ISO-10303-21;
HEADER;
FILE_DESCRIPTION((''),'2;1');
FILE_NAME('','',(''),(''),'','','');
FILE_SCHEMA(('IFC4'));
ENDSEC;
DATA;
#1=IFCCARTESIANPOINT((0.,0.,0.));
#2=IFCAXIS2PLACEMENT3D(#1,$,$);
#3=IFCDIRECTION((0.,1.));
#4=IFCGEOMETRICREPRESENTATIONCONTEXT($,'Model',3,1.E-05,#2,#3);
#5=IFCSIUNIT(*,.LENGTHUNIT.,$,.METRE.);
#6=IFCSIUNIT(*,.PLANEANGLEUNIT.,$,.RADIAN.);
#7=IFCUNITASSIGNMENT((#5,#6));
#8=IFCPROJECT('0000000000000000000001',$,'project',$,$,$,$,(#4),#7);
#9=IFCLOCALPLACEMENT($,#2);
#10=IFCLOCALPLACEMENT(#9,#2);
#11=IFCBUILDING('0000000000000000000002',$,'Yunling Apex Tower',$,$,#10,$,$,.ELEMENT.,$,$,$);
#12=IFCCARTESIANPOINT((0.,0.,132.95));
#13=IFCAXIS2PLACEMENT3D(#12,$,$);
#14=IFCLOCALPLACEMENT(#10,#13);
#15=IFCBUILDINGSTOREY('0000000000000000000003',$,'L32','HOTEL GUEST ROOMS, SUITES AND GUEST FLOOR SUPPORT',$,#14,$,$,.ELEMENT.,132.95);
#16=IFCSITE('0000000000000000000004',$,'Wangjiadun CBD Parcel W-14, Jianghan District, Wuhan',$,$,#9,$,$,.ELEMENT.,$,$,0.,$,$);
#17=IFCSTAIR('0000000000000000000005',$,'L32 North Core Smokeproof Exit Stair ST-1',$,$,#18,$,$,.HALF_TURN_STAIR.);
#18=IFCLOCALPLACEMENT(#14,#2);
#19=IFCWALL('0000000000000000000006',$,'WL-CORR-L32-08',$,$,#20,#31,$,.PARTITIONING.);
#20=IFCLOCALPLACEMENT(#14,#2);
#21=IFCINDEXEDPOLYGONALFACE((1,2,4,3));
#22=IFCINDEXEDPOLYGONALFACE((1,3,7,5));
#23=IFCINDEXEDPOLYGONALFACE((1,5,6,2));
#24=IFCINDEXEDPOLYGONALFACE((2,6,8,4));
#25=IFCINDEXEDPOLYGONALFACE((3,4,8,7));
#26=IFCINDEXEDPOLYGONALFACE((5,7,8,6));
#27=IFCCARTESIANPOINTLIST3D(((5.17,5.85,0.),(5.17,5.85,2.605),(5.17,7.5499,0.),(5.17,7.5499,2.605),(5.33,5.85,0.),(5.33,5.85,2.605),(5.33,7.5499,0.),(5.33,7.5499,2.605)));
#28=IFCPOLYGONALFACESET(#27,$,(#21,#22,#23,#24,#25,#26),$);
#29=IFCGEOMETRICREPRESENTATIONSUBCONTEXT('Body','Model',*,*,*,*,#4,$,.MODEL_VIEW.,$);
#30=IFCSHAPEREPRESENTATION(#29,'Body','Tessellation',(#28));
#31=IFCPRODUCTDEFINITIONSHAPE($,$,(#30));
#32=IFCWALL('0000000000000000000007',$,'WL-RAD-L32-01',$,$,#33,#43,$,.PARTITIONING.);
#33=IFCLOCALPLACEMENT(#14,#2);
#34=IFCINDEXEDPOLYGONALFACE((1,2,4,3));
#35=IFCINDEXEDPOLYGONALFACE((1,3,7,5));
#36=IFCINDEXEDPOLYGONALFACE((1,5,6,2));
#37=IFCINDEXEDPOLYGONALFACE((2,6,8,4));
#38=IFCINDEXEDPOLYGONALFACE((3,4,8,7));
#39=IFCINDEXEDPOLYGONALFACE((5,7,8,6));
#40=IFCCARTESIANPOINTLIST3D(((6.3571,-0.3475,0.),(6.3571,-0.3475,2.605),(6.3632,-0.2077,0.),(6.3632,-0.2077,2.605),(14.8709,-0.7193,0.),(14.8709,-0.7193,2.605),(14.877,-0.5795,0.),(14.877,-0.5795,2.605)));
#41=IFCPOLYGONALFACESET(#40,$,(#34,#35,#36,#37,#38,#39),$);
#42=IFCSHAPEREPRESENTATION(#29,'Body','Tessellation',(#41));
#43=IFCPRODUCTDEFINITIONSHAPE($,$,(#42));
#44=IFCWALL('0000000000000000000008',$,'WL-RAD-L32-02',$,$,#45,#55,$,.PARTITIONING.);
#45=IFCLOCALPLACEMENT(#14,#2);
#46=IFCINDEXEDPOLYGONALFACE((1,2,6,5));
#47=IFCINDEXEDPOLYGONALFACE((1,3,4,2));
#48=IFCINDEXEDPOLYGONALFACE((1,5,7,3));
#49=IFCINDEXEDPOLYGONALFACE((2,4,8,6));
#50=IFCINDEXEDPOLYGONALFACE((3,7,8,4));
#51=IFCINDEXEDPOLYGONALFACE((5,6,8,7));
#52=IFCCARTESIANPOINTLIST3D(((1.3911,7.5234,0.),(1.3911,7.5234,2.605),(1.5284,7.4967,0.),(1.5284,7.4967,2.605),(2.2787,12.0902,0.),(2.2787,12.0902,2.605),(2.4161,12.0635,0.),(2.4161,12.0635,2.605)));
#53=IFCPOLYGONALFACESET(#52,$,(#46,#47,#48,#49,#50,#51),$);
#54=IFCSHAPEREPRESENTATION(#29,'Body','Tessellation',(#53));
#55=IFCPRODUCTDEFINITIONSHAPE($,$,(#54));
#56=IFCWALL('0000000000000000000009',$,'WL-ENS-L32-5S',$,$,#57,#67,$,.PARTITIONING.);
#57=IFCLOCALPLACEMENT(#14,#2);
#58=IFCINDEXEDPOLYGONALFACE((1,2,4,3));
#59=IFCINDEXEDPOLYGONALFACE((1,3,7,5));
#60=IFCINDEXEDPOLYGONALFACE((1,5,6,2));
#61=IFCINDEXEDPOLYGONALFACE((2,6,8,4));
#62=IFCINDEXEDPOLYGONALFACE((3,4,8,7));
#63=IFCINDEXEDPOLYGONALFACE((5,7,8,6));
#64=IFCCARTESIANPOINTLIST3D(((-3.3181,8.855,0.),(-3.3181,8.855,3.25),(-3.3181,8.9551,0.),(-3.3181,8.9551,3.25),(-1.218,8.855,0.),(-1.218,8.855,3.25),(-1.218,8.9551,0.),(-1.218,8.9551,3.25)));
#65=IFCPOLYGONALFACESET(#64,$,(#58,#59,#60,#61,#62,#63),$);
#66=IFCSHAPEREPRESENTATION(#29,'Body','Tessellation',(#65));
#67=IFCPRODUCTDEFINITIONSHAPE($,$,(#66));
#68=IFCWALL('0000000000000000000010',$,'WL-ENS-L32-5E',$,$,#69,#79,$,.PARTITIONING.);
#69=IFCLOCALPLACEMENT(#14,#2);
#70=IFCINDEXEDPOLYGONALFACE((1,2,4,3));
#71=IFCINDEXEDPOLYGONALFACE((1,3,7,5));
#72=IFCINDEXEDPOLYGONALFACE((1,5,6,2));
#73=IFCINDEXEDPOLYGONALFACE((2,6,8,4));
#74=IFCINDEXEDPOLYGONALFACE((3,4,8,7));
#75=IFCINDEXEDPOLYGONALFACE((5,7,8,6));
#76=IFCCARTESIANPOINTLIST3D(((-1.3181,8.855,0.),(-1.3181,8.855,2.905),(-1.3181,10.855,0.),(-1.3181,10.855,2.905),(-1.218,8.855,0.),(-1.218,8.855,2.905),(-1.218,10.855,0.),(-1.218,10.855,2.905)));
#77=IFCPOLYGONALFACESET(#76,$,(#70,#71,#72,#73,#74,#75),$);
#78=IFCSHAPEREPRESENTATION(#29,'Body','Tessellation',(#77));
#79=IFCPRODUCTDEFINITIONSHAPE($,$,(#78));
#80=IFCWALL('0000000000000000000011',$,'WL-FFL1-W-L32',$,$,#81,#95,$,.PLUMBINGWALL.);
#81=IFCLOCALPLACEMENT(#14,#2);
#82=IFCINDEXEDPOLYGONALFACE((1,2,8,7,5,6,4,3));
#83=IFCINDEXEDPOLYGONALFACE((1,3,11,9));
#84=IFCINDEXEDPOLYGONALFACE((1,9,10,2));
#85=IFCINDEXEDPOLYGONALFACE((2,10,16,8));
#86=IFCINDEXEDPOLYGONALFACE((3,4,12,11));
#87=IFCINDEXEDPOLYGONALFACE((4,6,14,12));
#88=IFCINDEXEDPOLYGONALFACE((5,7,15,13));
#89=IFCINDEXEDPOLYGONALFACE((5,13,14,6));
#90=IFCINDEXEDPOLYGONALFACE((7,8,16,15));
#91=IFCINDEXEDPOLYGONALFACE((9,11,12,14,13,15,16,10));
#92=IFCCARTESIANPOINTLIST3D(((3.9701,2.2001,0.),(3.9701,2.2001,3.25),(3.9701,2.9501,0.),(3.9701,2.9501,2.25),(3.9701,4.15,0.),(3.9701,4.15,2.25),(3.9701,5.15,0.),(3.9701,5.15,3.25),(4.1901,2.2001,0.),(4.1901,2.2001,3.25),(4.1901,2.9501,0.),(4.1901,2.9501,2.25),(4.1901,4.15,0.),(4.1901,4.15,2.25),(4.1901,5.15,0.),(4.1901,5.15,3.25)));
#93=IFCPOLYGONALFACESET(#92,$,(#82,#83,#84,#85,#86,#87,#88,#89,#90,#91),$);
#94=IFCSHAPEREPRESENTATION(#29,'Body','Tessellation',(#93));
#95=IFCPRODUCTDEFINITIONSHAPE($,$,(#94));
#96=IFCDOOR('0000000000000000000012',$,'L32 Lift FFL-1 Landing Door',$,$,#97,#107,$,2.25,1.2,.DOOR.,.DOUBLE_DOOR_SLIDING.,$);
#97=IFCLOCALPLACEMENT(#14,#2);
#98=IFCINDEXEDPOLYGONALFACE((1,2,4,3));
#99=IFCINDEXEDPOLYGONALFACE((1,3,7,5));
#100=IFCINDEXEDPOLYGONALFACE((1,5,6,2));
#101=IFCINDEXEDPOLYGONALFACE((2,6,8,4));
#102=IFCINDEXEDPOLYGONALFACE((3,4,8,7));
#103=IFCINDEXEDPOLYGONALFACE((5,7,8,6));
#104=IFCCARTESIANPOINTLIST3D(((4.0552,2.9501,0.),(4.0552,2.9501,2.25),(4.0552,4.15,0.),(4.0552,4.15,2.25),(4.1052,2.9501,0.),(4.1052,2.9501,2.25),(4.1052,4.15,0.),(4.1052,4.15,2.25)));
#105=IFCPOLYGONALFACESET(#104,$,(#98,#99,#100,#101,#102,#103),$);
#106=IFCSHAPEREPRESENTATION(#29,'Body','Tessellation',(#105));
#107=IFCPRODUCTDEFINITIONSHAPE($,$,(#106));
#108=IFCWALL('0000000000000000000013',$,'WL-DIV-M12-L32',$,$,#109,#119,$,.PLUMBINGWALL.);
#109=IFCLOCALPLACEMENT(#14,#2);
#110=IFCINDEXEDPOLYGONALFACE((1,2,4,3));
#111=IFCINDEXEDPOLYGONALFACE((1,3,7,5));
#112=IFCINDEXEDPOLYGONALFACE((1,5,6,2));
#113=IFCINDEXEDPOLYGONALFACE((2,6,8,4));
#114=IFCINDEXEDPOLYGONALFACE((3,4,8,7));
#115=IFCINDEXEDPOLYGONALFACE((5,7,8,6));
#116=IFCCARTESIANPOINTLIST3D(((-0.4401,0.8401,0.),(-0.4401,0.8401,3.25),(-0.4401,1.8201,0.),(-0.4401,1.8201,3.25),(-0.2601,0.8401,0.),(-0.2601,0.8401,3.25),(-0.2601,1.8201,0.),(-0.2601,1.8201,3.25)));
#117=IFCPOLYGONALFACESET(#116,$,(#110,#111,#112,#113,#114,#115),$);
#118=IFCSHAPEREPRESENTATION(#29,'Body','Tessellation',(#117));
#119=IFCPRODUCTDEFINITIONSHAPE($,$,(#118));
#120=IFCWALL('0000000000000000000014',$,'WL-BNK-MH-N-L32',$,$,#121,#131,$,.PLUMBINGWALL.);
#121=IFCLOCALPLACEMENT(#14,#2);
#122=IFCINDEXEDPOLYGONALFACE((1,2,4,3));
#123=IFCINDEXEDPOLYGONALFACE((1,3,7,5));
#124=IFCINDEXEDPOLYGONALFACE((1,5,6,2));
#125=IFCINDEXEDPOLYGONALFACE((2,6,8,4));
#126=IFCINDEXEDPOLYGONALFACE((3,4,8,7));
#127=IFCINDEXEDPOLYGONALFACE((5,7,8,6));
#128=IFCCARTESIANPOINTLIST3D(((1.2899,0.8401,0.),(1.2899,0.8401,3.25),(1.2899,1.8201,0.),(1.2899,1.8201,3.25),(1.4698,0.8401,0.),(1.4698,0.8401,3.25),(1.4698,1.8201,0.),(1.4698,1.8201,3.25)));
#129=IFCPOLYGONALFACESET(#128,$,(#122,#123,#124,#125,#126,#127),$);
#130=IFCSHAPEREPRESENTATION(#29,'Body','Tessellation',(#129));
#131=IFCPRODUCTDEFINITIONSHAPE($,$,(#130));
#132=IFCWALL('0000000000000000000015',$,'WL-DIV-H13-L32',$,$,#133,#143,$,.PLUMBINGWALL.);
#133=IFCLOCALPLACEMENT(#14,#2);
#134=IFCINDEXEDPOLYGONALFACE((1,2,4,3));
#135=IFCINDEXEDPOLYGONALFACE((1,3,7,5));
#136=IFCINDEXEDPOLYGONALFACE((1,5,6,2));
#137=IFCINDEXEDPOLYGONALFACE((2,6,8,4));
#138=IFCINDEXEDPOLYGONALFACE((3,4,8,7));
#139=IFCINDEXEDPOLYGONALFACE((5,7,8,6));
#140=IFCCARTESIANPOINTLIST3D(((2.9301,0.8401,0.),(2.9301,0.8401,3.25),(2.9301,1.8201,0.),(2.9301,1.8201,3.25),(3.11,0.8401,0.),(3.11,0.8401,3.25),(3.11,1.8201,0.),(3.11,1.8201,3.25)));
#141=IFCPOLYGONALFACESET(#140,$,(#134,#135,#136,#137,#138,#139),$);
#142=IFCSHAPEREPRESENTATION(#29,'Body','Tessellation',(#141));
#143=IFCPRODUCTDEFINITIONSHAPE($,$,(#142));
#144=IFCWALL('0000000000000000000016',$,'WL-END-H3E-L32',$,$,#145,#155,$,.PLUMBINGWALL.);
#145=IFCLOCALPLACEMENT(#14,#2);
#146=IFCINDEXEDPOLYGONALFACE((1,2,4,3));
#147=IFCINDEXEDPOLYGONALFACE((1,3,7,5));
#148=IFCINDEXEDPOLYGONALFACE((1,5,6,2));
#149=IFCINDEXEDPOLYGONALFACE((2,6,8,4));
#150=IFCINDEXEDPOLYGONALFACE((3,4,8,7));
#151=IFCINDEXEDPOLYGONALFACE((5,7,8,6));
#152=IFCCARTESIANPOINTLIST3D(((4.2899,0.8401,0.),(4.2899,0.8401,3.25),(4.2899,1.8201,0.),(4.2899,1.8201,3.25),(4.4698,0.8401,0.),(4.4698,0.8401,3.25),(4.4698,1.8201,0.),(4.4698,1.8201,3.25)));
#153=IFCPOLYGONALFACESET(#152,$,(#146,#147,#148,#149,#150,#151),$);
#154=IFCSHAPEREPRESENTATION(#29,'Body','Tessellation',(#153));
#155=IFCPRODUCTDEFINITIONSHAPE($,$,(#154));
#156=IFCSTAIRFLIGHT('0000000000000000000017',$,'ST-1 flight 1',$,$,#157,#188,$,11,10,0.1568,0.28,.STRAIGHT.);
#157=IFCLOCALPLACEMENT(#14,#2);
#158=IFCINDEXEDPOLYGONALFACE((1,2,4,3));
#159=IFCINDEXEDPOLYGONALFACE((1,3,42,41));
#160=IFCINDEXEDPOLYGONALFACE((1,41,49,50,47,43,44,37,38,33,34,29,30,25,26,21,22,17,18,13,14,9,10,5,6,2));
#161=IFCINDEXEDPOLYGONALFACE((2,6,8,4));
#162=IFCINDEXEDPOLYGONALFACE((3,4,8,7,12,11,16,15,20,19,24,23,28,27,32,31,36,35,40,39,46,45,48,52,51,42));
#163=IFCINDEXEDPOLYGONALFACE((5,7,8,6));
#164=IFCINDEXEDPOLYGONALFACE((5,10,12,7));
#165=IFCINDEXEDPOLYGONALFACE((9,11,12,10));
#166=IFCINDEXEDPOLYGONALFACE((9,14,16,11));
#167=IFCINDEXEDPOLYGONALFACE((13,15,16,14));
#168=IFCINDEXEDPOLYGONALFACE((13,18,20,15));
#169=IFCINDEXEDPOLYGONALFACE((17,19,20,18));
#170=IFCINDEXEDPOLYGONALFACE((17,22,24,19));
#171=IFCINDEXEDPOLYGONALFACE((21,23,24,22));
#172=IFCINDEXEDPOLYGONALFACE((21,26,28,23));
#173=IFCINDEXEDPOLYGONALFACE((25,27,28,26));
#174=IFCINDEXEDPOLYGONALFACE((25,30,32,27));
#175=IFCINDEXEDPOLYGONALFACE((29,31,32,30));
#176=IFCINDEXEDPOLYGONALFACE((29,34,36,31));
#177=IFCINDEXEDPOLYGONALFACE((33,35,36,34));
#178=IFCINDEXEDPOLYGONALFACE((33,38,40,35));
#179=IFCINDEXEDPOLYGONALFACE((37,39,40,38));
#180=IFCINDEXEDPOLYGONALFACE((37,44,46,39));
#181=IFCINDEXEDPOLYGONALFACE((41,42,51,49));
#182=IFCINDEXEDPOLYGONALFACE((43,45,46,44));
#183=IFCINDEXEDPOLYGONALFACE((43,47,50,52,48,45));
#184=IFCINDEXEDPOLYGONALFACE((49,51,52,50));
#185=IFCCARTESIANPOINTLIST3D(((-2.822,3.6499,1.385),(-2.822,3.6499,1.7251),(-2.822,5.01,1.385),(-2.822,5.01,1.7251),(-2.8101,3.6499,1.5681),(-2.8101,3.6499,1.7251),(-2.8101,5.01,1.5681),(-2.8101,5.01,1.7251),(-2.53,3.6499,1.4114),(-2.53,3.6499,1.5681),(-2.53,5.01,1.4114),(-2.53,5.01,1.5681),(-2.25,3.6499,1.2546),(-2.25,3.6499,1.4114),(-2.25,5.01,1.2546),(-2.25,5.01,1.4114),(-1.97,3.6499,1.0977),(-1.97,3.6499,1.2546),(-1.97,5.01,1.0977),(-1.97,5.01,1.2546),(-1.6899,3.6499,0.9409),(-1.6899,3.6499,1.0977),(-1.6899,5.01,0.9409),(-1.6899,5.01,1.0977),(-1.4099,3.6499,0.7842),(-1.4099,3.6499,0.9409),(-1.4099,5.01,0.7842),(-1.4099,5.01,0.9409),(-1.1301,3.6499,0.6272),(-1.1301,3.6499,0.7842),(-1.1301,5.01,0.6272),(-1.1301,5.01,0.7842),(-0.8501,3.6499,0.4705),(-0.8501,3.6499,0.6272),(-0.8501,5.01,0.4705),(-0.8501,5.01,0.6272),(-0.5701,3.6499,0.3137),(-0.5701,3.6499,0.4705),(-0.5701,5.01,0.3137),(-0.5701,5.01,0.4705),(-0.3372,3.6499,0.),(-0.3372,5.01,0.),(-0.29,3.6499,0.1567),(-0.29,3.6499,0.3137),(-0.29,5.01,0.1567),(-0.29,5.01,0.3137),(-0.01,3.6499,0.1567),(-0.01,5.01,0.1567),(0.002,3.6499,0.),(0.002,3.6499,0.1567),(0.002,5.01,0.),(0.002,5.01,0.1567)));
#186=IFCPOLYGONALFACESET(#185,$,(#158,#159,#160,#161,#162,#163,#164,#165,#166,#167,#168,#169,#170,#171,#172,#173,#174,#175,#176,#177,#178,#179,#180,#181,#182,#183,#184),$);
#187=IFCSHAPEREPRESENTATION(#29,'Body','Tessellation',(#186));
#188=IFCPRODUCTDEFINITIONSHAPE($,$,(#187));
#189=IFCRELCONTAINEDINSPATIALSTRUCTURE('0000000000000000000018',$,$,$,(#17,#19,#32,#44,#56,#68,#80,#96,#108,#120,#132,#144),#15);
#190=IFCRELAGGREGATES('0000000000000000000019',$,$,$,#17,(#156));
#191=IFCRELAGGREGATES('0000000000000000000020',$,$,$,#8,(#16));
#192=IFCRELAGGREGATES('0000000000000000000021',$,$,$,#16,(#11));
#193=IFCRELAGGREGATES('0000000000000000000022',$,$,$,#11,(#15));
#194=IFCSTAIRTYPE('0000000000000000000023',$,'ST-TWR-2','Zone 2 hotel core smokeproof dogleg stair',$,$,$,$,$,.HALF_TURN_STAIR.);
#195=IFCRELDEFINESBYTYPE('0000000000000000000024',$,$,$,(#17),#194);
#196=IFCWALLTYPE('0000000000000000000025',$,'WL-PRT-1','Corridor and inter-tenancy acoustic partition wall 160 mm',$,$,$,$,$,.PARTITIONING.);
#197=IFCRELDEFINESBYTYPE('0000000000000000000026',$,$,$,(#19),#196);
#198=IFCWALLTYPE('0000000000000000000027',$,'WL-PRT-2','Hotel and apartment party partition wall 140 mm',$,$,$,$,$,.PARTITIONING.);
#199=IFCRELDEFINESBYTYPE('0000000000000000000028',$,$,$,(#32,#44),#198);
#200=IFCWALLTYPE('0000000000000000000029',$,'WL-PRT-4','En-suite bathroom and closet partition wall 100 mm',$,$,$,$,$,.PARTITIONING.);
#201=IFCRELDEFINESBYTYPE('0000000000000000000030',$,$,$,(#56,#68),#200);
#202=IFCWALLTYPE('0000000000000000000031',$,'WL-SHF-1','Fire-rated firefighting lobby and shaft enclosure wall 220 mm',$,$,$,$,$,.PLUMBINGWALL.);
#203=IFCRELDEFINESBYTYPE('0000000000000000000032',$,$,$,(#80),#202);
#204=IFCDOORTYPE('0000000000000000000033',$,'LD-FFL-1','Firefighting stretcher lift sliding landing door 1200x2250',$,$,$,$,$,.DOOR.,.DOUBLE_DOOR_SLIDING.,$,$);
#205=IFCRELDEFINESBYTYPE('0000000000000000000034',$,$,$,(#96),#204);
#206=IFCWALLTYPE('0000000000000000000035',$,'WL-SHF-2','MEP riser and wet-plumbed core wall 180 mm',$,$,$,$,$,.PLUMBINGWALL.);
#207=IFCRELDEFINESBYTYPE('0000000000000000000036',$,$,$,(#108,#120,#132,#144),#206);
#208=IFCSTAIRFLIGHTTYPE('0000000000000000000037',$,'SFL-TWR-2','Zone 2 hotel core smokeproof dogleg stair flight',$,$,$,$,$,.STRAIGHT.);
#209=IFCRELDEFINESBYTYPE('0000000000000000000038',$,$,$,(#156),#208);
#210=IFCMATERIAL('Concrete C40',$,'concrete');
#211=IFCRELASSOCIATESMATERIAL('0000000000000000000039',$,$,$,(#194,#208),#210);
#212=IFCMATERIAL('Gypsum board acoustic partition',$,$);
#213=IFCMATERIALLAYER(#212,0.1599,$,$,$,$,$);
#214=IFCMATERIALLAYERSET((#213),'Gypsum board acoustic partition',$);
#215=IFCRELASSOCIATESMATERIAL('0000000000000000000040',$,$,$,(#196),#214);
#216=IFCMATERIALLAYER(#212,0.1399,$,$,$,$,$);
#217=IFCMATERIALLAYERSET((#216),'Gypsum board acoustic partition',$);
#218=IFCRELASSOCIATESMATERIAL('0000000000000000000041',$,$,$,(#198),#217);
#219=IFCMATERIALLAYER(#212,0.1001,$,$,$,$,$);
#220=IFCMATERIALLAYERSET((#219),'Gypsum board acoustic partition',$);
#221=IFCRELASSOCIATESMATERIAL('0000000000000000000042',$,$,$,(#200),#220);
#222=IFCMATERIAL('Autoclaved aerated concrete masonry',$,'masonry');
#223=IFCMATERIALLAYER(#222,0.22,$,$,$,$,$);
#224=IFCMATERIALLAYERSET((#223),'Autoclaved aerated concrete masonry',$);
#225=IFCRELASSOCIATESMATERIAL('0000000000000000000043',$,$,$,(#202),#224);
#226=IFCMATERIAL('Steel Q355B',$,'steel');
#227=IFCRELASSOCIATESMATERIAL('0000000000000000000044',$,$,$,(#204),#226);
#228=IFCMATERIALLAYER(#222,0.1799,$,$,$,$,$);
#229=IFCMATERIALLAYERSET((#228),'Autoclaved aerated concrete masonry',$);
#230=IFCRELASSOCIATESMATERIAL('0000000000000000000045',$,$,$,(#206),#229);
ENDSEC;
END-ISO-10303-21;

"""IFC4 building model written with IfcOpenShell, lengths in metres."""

from ifc_helpers import new_model, si_unit, direction, frame, frame_2d, origin, place, context, subcontext, project, spatial, polyline, rectangle, outline, extrude, material, layer, layer_set, type_object, element, fill, aggregate, save


model = new_model("IFC4")

# Units and contexts
model_context = context("Model", 3, precision=1e-05, world=origin(), true_north=direction((0.0, 1.0)))
body_context = subcontext(model_context, "Body", "Model", "MODEL_VIEW")
ifc_project = project(units=[si_unit("LENGTHUNIT", "METRE"), si_unit("PLANEANGLEUNIT", "RADIAN")], contexts=[model_context])

# Site, building, storey
site_placement = place(None, origin())
site = spatial("IfcSite", under=ifc_project, at=site_placement, Name="Wangjiadun CBD Parcel W-14, Jianghan District, Wuhan", CompositionType="ELEMENT", RefElevation=0.0)
building_placement = place(site_placement, origin())
building = spatial("IfcBuilding", under=site, at=building_placement, Name="Yunling Apex Tower", CompositionType="ELEMENT")
storey_placement = place(building_placement, frame((0.0, 0.0, 132.95)))
storey = spatial("IfcBuildingStorey", under=building, at=storey_placement, Name="L32", Description="HOTEL GUEST ROOMS, SUITES AND GUEST FLOOR SUPPORT", CompositionType="ELEMENT", Elevation=132.95)

# Shared definitions
ifc_material_1 = material(Name="Steel Q355B", Category="steel")

# Shared definitions
ifc_material_2 = material(Name="Concrete C40", Category="concrete")

# Stair
stair_type = type_object("IfcStairType", Name="ST-TWR-2", Description="Zone 2 hotel core smokeproof dogleg stair", PredefinedType="HALF_TURN_STAIR", material=ifc_material_2)
stair_1_placement = place(storey_placement, origin())
stair_1 = element("IfcStair", 1, at=stair_1_placement, inside=storey, type_object=stair_type, Name="L32 North Core Smokeproof Exit Stair ST-1", PredefinedType="HALF_TURN_STAIR")

# Walls
ifc_material_3 = material(Name="Gypsum board acoustic partition")
ifc_layer_1 = layer(ifc_material_3, 0.1599)
ifc_layer_set_1 = layer_set([ifc_layer_1], Name="Gypsum board acoustic partition")
wall_type_1 = type_object("IfcWallType", Name="WL-PRT-1", Description="Corridor and inter-tenancy acoustic partition wall 160 mm", PredefinedType="PARTITIONING", material=ifc_layer_set_1)
wall_1_placement = place(storey_placement, frame((5.25, 7.55, 0.0), z_axis=(0.0, 0.0, 1.0), x_axis=(0.0, -1.0, 0.0)))
element("IfcWall", 2, at=wall_1_placement, inside=storey, type_object=wall_type_1, Name="WL-CORR-L32-08", PredefinedType="PARTITIONING", context=body_context, shape_type="SweptSolid", body=[
    extrude(rectangle(XDim=1.7, YDim=0.1599, at=frame_2d((0.8501, 0.0))), origin(), (0.0, 0.0, 1.0), 2.605),
])
ifc_layer_2 = layer(ifc_material_3, 0.1399)
ifc_layer_set_2 = layer_set([ifc_layer_2], Name="Gypsum board acoustic partition")
wall_type_2 = type_object("IfcWallType", Name="WL-PRT-2", Description="Hotel and apartment party partition wall 140 mm", PredefinedType="PARTITIONING", material=ifc_layer_set_2)
wall_2_placement = place(storey_placement, frame((6.3601, -0.2776, 0.0), z_axis=(0.0, 0.0, 1.0), x_axis=(0.999048, -0.043631, 0.0)))
element("IfcWall", 3, at=wall_2_placement, inside=storey, type_object=wall_type_2, Name="WL-RAD-L32-01", PredefinedType="PARTITIONING", context=body_context, shape_type="SweptSolid", body=[
    extrude(rectangle(XDim=8.522, YDim=0.1399, at=frame_2d((4.261, 0.0))), origin(), (0.0, 0.0, 1.0), 2.605),
])
wall_3_placement = place(storey_placement, frame((1.4597, 7.51, 0.0), z_axis=(0.0, 0.0, 1.0), x_axis=(0.190805, 0.981628, 0.0)))
element("IfcWall", 4, at=wall_3_placement, inside=storey, type_object=wall_type_2, Name="WL-RAD-L32-02", PredefinedType="PARTITIONING", context=body_context, shape_type="SweptSolid", body=[
    extrude(rectangle(XDim=4.6523, YDim=0.1399, at=frame_2d((2.3262, 0.0))), origin(), (0.0, 0.0, 1.0), 2.605),
])
ifc_layer_3 = layer(ifc_material_3, 0.1001)
ifc_layer_set_3 = layer_set([ifc_layer_3], Name="Gypsum board acoustic partition")
wall_type_3 = type_object("IfcWallType", Name="WL-PRT-4", Description="En-suite bathroom and closet partition wall 100 mm", PredefinedType="PARTITIONING", material=ifc_layer_set_3)
wall_4_placement = place(storey_placement, frame((-1.218, 8.905, 0.0), z_axis=(0.0, 0.0, 1.0), x_axis=(-1.0, 0.0, 0.0)))
element("IfcWall", 5, at=wall_4_placement, inside=storey, type_object=wall_type_3, Name="WL-ENS-L32-5S", PredefinedType="PARTITIONING", context=body_context, shape_type="SweptSolid", body=[
    extrude(rectangle(XDim=2.1001, YDim=0.1001, at=frame_2d((1.05, 0.0))), origin(), (0.0, 0.0, 1.0), 3.25),
])
wall_5_placement = place(storey_placement, frame((-1.2681, 10.855, 0.0), z_axis=(0.0, 0.0, 1.0), x_axis=(0.0, -1.0, 0.0)))
element("IfcWall", 6, at=wall_5_placement, inside=storey, type_object=wall_type_3, Name="WL-ENS-L32-5E", PredefinedType="PARTITIONING", context=body_context, shape_type="SweptSolid", body=[
    extrude(rectangle(XDim=2.0, YDim=0.1001, at=frame_2d((1.0, 0.0))), origin(), (0.0, 0.0, 1.0), 2.905),
])

# Wall, opening, door
ifc_material_4 = material(Name="Autoclaved aerated concrete masonry", Category="masonry")
ifc_layer_4 = layer(ifc_material_4, 0.22)
ifc_layer_set_4 = layer_set([ifc_layer_4], Name="Autoclaved aerated concrete masonry")
wall_type_4 = type_object("IfcWallType", Name="WL-SHF-1", Description="Fire-rated firefighting lobby and shaft enclosure wall 220 mm", PredefinedType="PLUMBINGWALL", material=ifc_layer_set_4)
wall_6_placement = place(storey_placement, frame((4.0801, 2.2, 0.0), z_axis=(0.0, 0.0, 1.0), x_axis=(0.0, 1.0, 0.0)))
wall_6 = element("IfcWall", 7, at=wall_6_placement, inside=storey, type_object=wall_type_4, Name="WL-FFL1-W-L32", PredefinedType="PLUMBINGWALL", context=body_context, shape_type="SweptSolid", body=[
    extrude(rectangle(XDim=2.95, YDim=0.22, at=frame_2d((1.4751, 0.0))), origin(), (0.0, 0.0, 1.0), 3.25),
])
opening_1_placement = place(wall_6_placement, frame((0.75, 0.0, 0.0)))
opening_1 = element("IfcOpeningElement", 8, at=opening_1_placement, cuts=wall_6, PredefinedType="OPENING", context=body_context, shape_type="SweptSolid", body=[
    extrude(rectangle(XDim=1.2, YDim=2.25, at=frame_2d((0.6001, 1.125))), frame((0.0, 0.1201, 0.0), z_axis=(0.0, -1.0, 0.0), x_axis=(1.0, 0.0, 0.0)), (0.0, 0.0, 1.0), 0.24),
])
door_type_1 = type_object("IfcDoorType", Name="LD-FFL-1", Description="Firefighting stretcher lift sliding landing door 1200x2250", OperationType="DOUBLE_DOOR_SLIDING", PredefinedType="DOOR", material=ifc_material_1)
door_1_placement = place(opening_1_placement, origin())
door_1 = element("IfcDoor", 9, at=door_1_placement, inside=storey, type_object=door_type_1, Name="L32 Lift FFL-1 Landing Door", OperationType="DOUBLE_DOOR_SLIDING", OverallHeight=2.25, OverallWidth=1.2, PredefinedType="DOOR", context=body_context, shape_type="SweptSolid", body=[
    extrude(rectangle(XDim=1.2, YDim=2.25, at=frame_2d((0.6001, 1.125))), frame((0.0, 0.0249, 0.0), z_axis=(0.0, -1.0, 0.0), x_axis=(1.0, 0.0, 0.0)), (0.0, 0.0, 1.0), 0.05),
])
fill(opening_1, door_1)

# Walls
ifc_layer_5 = layer(ifc_material_4, 0.1799)
ifc_layer_set_5 = layer_set([ifc_layer_5], Name="Autoclaved aerated concrete masonry")
wall_type_5 = type_object("IfcWallType", Name="WL-SHF-2", Description="MEP riser and wet-plumbed core wall 180 mm", PredefinedType="PLUMBINGWALL", material=ifc_layer_set_5)
for number, where, z_axis, x_axis, name in (
    (10, (-0.3501, 0.8401, 0.0), (0.0, 0.0, 1.0), (0.0, 1.0, 0.0), "WL-DIV-M12-L32"),
    (11, (1.3799, 0.8401, 0.0), (0.0, 0.0, 1.0), (0.0, 1.0, 0.0), "WL-BNK-MH-N-L32"),
    (12, (3.02, 0.8401, 0.0), (0.0, 0.0, 1.0), (0.0, 1.0, 0.0), "WL-DIV-H13-L32"),
    (13, (4.3799, 0.8401, 0.0), (0.0, 0.0, 1.0), (0.0, 1.0, 0.0), "WL-END-H3E-L32"),
):
    element("IfcWall", number, at=place(storey_placement, frame(where, z_axis=z_axis, x_axis=x_axis)), inside=storey, type_object=wall_type_5, Name=name, PredefinedType="PLUMBINGWALL", context=body_context, shape_type="SweptSolid", body=[
        extrude(rectangle(XDim=0.98, YDim=0.1799, at=frame_2d((0.49, 0.0))), origin(), (0.0, 0.0, 1.0), 3.25),
    ])

# Stair flight
stair_flight_type = type_object("IfcStairFlightType", Name="SFL-TWR-2", Description="Zone 2 hotel core smokeproof dogleg stair flight", PredefinedType="STRAIGHT", material=ifc_material_2)
stair_flight_placement = place(storey_placement, frame((-0.01, 4.3301, 0.0), z_axis=(0.0, 0.0, 1.0), x_axis=(-1.0, 0.0, 0.0)))
stair_flight = element("IfcStairFlight", 14, at=stair_flight_placement, type_object=stair_flight_type, Name="ST-1 flight 1", NumberOfRisers=11, NumberOfTreads=10, PredefinedType="STRAIGHT", RiserHeight=0.1568, TreadLength=0.28, context=body_context, shape_type="SweptSolid", body=[
    extrude(outline(polyline([(-0.012, 0.0), (-0.012, 0.1567), (0.0, 0.1567), (0.28, 0.1567), (0.28, 0.3137), (0.5601, 0.3137), (0.5601, 0.4705), (0.8401, 0.4705), (0.8401, 0.6272), (1.1201, 0.6272), (1.1201, 0.7842), (1.3999, 0.7842), (1.3999, 0.9409), (1.6799, 0.9409), (1.6799, 1.0977), (1.96, 1.0977), (1.96, 1.2546), (2.24, 1.2546), (2.24, 1.4114), (2.52, 1.4114), (2.52, 1.5681), (2.8, 1.5681), (2.8, 1.7251), (2.812, 1.7251), (2.812, 1.385), (0.3271, 0.0), (-0.012, 0.0)])), frame((0.0, 0.6802, 0.0), z_axis=(0.0, -1.0, 0.0), x_axis=(1.0, 0.0, 0.0)), (0.0, 0.0, 1.0), 1.3601),
])
aggregate(stair_1, [stair_flight])

save(model, "model.ifc")
